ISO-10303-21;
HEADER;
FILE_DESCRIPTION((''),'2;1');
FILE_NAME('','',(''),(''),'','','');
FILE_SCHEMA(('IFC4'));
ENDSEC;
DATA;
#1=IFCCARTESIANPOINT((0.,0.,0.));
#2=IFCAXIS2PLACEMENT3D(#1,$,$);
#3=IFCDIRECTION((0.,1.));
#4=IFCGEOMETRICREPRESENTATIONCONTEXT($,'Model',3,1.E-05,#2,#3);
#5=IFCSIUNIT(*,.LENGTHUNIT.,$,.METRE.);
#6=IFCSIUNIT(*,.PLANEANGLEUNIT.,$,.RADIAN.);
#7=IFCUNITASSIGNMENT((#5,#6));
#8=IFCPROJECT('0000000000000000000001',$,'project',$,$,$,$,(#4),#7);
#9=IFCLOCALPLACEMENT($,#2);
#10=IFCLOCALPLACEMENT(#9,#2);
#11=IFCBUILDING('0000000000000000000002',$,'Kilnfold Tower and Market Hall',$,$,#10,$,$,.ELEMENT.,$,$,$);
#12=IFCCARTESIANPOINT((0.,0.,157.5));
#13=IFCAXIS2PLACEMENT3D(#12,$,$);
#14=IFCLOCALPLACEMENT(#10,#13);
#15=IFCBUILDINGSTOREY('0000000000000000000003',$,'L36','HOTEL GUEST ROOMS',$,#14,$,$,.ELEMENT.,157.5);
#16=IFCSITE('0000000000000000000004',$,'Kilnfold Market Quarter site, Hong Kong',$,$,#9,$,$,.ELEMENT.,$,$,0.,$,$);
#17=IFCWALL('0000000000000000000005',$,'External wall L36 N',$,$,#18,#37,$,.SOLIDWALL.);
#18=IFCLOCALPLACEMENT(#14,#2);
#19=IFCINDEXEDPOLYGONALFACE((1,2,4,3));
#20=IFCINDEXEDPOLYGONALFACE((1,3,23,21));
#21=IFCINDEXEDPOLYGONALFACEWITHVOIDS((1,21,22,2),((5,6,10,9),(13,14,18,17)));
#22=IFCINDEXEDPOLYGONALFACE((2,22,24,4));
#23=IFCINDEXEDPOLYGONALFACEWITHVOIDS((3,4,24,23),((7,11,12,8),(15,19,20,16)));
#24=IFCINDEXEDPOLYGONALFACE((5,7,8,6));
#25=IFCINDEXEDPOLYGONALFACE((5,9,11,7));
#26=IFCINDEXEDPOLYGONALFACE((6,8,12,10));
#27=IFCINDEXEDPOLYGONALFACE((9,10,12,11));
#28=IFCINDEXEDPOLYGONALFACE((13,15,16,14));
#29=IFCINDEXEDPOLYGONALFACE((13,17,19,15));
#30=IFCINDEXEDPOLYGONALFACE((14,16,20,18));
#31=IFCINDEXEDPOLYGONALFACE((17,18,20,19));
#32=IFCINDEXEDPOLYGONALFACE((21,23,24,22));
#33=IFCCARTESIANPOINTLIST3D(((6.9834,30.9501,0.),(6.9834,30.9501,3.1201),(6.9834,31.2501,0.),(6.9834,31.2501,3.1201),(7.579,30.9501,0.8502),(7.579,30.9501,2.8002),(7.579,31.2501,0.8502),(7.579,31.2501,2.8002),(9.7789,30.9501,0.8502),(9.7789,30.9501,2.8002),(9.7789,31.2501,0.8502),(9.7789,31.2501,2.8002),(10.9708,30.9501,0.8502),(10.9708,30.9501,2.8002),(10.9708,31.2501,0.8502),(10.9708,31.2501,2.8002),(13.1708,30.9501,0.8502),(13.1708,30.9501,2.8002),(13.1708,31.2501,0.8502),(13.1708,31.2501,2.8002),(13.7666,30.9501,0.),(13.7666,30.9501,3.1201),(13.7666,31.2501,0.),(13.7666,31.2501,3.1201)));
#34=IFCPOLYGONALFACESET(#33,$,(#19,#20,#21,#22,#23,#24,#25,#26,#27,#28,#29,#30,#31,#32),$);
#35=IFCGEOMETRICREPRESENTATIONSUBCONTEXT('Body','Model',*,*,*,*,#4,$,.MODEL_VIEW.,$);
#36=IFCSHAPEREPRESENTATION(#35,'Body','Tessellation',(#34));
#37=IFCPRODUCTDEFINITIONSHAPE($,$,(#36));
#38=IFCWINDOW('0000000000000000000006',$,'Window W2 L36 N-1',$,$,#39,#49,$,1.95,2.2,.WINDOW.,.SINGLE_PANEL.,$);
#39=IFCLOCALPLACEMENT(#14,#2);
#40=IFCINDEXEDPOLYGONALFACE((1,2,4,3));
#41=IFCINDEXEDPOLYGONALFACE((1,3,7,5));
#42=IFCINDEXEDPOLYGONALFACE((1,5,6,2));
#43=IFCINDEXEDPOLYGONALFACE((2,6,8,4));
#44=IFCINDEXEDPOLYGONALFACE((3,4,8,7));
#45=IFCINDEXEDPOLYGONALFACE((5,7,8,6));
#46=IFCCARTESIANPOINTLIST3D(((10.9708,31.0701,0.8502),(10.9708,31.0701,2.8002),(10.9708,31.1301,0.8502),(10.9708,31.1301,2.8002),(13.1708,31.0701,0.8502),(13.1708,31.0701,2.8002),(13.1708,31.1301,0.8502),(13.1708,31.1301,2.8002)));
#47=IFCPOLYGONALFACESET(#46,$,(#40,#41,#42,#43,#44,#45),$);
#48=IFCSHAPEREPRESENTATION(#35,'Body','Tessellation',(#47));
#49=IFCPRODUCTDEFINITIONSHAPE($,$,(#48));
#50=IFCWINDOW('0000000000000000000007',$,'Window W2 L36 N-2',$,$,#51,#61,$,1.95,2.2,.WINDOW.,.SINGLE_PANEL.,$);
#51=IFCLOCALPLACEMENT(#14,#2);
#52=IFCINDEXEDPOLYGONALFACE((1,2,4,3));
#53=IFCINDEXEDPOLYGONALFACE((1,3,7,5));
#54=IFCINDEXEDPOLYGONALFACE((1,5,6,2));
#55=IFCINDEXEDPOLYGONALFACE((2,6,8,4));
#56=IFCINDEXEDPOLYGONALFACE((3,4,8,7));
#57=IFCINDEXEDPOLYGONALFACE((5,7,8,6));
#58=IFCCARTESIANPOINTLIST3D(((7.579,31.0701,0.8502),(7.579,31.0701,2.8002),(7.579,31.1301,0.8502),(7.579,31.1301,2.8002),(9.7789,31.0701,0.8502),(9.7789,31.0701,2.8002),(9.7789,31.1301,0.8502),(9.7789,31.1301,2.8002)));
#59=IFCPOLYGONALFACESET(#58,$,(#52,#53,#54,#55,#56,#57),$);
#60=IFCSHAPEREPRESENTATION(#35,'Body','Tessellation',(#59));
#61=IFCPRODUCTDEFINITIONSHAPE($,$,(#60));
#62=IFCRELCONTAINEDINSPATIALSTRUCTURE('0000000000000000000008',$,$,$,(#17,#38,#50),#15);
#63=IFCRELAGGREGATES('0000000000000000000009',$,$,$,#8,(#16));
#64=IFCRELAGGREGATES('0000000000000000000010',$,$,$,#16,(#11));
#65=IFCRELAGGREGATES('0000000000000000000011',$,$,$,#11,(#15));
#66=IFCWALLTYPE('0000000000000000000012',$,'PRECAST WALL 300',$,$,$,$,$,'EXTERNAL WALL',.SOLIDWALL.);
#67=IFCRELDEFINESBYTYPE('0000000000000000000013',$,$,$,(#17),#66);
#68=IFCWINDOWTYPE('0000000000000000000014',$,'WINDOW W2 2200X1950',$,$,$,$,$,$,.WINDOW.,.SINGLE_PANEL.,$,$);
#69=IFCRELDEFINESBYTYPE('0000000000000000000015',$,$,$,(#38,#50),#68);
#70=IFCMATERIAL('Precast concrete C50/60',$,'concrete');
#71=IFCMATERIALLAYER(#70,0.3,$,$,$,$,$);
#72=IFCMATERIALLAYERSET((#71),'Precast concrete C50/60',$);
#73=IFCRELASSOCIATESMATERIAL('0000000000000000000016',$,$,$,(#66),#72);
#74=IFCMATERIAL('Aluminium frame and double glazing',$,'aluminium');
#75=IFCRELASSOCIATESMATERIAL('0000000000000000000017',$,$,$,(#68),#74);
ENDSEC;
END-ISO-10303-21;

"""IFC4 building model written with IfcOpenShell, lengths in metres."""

from ifc_helpers import new_model, si_unit, direction, frame, frame_2d, origin, place, context, subcontext, project, spatial, rectangle, extrude, source, transform, mapped, material, layer, layer_set, type_object, element, fill, save


model = new_model("IFC4")

# Units and contexts
model_context = context("Model", 3, precision=1e-05, world=origin(), true_north=direction((0.0, 1.0)))
body_context = subcontext(model_context, "Body", "Model", "MODEL_VIEW")
ifc_project = project(units=[si_unit("LENGTHUNIT", "METRE"), si_unit("PLANEANGLEUNIT", "RADIAN")], contexts=[model_context])

# Site, building, storey
site_placement = place(None, origin())
site = spatial("IfcSite", under=ifc_project, at=site_placement, Name="Kilnfold Market Quarter site, Hong Kong", CompositionType="ELEMENT", RefElevation=0.0)
building_placement = place(site_placement, origin())
building = spatial("IfcBuilding", under=site, at=building_placement, Name="Kilnfold Tower and Market Hall", CompositionType="ELEMENT")
storey_placement = place(building_placement, frame((0.0, 0.0, 157.5)))
storey = spatial("IfcBuildingStorey", under=building, at=storey_placement, Name="L36", Description="HOTEL GUEST ROOMS", CompositionType="ELEMENT", Elevation=157.5)

# Wall, openings, windows
ifc_material_1 = material(Name="Precast concrete C50/60", Category="concrete")
ifc_layer_1 = layer(ifc_material_1, 0.3)
ifc_layer_set_1 = layer_set([ifc_layer_1], Name="Precast concrete C50/60")
wall_type_1 = type_object("IfcWallType", Name="PRECAST WALL 300", ElementType="EXTERNAL WALL", PredefinedType="SOLIDWALL", material=ifc_layer_set_1)
shared_shape_1 = source(origin(), body_context, "Body", "SweptSolid", [
    extrude(rectangle(XDim=6.7832, YDim=0.3, at=frame_2d((3.3916, 0.0))), origin(), (0.0, 0.0, 1.0), 3.1201),
])
wall_1_placement = place(storey_placement, frame((13.7666, 31.1001, 0.0), z_axis=(0.0, 0.0, 1.0), x_axis=(-1.0, 0.0, 0.0)))
wall_1 = element("IfcWall", 1, at=wall_1_placement, inside=storey, type_object=wall_type_1, Name="External wall L36 N", PredefinedType="SOLIDWALL", context=body_context, shape_type="MappedRepresentation", body=[
    mapped(shared_shape_1, transform((0.0, 0.0, 0.0))),
])
opening_1_placement = place(wall_1_placement, frame((0.5957, 0.0, 0.8501)))
opening_1 = element("IfcOpeningElement", 2, at=opening_1_placement, cuts=wall_1, PredefinedType="OPENING", context=body_context, shape_type="SweptSolid", body=[
    extrude(rectangle(XDim=2.2, YDim=1.95, at=frame_2d((1.1001, 0.9751))), frame((0.0, 0.1602, 0.0), z_axis=(0.0, -1.0, 0.0), x_axis=(1.0, 0.0, 0.0)), (0.0, 0.0, 1.0), 0.3201),
])
opening_2_placement = place(wall_1_placement, frame((3.9875, 0.0, 0.8501)))
opening_2 = element("IfcOpeningElement", 3, at=opening_2_placement, cuts=wall_1, PredefinedType="OPENING", context=body_context, shape_type="SweptSolid", body=[
    extrude(rectangle(XDim=2.2, YDim=1.95, at=frame_2d((1.1001, 0.9751))), frame((0.0, 0.1602, 0.0), z_axis=(0.0, -1.0, 0.0), x_axis=(1.0, 0.0, 0.0)), (0.0, 0.0, 1.0), 0.3201),
])
ifc_material_2 = material(Name="Aluminium frame and double glazing", Category="aluminium")
window_type = type_object("IfcWindowType", Name="WINDOW W2 2200X1950", PartitioningType="SINGLE_PANEL", PredefinedType="WINDOW", material=ifc_material_2)
window_1_placement = place(opening_1_placement, origin())
window_1 = element("IfcWindow", 4, at=window_1_placement, inside=storey, type_object=window_type, Name="Window W2 L36 N-1", OverallHeight=1.95, OverallWidth=2.2, PartitioningType="SINGLE_PANEL", PredefinedType="WINDOW", context=body_context, shape_type="SweptSolid", body=[
    extrude(rectangle(XDim=2.2, YDim=1.95, at=frame_2d((1.1001, 0.9751))), frame((0.0, 0.03, 0.0), z_axis=(0.0, -1.0, 0.0), x_axis=(1.0, 0.0, 0.0)), (0.0, 0.0, 1.0), 0.0601),
])
fill(opening_1, window_1)
window_2_placement = place(opening_2_placement, origin())
window_2 = element("IfcWindow", 5, at=window_2_placement, inside=storey, type_object=window_type, Name="Window W2 L36 N-2", OverallHeight=1.95, OverallWidth=2.2, PartitioningType="SINGLE_PANEL", PredefinedType="WINDOW", context=body_context, shape_type="SweptSolid", body=[
    extrude(rectangle(XDim=2.2, YDim=1.95, at=frame_2d((1.1001, 0.9751))), frame((0.0, 0.03, 0.0), z_axis=(0.0, -1.0, 0.0), x_axis=(1.0, 0.0, 0.0)), (0.0, 0.0, 1.0), 0.0601),
])
fill(opening_2, window_2)

save(model, "model.ifc")
